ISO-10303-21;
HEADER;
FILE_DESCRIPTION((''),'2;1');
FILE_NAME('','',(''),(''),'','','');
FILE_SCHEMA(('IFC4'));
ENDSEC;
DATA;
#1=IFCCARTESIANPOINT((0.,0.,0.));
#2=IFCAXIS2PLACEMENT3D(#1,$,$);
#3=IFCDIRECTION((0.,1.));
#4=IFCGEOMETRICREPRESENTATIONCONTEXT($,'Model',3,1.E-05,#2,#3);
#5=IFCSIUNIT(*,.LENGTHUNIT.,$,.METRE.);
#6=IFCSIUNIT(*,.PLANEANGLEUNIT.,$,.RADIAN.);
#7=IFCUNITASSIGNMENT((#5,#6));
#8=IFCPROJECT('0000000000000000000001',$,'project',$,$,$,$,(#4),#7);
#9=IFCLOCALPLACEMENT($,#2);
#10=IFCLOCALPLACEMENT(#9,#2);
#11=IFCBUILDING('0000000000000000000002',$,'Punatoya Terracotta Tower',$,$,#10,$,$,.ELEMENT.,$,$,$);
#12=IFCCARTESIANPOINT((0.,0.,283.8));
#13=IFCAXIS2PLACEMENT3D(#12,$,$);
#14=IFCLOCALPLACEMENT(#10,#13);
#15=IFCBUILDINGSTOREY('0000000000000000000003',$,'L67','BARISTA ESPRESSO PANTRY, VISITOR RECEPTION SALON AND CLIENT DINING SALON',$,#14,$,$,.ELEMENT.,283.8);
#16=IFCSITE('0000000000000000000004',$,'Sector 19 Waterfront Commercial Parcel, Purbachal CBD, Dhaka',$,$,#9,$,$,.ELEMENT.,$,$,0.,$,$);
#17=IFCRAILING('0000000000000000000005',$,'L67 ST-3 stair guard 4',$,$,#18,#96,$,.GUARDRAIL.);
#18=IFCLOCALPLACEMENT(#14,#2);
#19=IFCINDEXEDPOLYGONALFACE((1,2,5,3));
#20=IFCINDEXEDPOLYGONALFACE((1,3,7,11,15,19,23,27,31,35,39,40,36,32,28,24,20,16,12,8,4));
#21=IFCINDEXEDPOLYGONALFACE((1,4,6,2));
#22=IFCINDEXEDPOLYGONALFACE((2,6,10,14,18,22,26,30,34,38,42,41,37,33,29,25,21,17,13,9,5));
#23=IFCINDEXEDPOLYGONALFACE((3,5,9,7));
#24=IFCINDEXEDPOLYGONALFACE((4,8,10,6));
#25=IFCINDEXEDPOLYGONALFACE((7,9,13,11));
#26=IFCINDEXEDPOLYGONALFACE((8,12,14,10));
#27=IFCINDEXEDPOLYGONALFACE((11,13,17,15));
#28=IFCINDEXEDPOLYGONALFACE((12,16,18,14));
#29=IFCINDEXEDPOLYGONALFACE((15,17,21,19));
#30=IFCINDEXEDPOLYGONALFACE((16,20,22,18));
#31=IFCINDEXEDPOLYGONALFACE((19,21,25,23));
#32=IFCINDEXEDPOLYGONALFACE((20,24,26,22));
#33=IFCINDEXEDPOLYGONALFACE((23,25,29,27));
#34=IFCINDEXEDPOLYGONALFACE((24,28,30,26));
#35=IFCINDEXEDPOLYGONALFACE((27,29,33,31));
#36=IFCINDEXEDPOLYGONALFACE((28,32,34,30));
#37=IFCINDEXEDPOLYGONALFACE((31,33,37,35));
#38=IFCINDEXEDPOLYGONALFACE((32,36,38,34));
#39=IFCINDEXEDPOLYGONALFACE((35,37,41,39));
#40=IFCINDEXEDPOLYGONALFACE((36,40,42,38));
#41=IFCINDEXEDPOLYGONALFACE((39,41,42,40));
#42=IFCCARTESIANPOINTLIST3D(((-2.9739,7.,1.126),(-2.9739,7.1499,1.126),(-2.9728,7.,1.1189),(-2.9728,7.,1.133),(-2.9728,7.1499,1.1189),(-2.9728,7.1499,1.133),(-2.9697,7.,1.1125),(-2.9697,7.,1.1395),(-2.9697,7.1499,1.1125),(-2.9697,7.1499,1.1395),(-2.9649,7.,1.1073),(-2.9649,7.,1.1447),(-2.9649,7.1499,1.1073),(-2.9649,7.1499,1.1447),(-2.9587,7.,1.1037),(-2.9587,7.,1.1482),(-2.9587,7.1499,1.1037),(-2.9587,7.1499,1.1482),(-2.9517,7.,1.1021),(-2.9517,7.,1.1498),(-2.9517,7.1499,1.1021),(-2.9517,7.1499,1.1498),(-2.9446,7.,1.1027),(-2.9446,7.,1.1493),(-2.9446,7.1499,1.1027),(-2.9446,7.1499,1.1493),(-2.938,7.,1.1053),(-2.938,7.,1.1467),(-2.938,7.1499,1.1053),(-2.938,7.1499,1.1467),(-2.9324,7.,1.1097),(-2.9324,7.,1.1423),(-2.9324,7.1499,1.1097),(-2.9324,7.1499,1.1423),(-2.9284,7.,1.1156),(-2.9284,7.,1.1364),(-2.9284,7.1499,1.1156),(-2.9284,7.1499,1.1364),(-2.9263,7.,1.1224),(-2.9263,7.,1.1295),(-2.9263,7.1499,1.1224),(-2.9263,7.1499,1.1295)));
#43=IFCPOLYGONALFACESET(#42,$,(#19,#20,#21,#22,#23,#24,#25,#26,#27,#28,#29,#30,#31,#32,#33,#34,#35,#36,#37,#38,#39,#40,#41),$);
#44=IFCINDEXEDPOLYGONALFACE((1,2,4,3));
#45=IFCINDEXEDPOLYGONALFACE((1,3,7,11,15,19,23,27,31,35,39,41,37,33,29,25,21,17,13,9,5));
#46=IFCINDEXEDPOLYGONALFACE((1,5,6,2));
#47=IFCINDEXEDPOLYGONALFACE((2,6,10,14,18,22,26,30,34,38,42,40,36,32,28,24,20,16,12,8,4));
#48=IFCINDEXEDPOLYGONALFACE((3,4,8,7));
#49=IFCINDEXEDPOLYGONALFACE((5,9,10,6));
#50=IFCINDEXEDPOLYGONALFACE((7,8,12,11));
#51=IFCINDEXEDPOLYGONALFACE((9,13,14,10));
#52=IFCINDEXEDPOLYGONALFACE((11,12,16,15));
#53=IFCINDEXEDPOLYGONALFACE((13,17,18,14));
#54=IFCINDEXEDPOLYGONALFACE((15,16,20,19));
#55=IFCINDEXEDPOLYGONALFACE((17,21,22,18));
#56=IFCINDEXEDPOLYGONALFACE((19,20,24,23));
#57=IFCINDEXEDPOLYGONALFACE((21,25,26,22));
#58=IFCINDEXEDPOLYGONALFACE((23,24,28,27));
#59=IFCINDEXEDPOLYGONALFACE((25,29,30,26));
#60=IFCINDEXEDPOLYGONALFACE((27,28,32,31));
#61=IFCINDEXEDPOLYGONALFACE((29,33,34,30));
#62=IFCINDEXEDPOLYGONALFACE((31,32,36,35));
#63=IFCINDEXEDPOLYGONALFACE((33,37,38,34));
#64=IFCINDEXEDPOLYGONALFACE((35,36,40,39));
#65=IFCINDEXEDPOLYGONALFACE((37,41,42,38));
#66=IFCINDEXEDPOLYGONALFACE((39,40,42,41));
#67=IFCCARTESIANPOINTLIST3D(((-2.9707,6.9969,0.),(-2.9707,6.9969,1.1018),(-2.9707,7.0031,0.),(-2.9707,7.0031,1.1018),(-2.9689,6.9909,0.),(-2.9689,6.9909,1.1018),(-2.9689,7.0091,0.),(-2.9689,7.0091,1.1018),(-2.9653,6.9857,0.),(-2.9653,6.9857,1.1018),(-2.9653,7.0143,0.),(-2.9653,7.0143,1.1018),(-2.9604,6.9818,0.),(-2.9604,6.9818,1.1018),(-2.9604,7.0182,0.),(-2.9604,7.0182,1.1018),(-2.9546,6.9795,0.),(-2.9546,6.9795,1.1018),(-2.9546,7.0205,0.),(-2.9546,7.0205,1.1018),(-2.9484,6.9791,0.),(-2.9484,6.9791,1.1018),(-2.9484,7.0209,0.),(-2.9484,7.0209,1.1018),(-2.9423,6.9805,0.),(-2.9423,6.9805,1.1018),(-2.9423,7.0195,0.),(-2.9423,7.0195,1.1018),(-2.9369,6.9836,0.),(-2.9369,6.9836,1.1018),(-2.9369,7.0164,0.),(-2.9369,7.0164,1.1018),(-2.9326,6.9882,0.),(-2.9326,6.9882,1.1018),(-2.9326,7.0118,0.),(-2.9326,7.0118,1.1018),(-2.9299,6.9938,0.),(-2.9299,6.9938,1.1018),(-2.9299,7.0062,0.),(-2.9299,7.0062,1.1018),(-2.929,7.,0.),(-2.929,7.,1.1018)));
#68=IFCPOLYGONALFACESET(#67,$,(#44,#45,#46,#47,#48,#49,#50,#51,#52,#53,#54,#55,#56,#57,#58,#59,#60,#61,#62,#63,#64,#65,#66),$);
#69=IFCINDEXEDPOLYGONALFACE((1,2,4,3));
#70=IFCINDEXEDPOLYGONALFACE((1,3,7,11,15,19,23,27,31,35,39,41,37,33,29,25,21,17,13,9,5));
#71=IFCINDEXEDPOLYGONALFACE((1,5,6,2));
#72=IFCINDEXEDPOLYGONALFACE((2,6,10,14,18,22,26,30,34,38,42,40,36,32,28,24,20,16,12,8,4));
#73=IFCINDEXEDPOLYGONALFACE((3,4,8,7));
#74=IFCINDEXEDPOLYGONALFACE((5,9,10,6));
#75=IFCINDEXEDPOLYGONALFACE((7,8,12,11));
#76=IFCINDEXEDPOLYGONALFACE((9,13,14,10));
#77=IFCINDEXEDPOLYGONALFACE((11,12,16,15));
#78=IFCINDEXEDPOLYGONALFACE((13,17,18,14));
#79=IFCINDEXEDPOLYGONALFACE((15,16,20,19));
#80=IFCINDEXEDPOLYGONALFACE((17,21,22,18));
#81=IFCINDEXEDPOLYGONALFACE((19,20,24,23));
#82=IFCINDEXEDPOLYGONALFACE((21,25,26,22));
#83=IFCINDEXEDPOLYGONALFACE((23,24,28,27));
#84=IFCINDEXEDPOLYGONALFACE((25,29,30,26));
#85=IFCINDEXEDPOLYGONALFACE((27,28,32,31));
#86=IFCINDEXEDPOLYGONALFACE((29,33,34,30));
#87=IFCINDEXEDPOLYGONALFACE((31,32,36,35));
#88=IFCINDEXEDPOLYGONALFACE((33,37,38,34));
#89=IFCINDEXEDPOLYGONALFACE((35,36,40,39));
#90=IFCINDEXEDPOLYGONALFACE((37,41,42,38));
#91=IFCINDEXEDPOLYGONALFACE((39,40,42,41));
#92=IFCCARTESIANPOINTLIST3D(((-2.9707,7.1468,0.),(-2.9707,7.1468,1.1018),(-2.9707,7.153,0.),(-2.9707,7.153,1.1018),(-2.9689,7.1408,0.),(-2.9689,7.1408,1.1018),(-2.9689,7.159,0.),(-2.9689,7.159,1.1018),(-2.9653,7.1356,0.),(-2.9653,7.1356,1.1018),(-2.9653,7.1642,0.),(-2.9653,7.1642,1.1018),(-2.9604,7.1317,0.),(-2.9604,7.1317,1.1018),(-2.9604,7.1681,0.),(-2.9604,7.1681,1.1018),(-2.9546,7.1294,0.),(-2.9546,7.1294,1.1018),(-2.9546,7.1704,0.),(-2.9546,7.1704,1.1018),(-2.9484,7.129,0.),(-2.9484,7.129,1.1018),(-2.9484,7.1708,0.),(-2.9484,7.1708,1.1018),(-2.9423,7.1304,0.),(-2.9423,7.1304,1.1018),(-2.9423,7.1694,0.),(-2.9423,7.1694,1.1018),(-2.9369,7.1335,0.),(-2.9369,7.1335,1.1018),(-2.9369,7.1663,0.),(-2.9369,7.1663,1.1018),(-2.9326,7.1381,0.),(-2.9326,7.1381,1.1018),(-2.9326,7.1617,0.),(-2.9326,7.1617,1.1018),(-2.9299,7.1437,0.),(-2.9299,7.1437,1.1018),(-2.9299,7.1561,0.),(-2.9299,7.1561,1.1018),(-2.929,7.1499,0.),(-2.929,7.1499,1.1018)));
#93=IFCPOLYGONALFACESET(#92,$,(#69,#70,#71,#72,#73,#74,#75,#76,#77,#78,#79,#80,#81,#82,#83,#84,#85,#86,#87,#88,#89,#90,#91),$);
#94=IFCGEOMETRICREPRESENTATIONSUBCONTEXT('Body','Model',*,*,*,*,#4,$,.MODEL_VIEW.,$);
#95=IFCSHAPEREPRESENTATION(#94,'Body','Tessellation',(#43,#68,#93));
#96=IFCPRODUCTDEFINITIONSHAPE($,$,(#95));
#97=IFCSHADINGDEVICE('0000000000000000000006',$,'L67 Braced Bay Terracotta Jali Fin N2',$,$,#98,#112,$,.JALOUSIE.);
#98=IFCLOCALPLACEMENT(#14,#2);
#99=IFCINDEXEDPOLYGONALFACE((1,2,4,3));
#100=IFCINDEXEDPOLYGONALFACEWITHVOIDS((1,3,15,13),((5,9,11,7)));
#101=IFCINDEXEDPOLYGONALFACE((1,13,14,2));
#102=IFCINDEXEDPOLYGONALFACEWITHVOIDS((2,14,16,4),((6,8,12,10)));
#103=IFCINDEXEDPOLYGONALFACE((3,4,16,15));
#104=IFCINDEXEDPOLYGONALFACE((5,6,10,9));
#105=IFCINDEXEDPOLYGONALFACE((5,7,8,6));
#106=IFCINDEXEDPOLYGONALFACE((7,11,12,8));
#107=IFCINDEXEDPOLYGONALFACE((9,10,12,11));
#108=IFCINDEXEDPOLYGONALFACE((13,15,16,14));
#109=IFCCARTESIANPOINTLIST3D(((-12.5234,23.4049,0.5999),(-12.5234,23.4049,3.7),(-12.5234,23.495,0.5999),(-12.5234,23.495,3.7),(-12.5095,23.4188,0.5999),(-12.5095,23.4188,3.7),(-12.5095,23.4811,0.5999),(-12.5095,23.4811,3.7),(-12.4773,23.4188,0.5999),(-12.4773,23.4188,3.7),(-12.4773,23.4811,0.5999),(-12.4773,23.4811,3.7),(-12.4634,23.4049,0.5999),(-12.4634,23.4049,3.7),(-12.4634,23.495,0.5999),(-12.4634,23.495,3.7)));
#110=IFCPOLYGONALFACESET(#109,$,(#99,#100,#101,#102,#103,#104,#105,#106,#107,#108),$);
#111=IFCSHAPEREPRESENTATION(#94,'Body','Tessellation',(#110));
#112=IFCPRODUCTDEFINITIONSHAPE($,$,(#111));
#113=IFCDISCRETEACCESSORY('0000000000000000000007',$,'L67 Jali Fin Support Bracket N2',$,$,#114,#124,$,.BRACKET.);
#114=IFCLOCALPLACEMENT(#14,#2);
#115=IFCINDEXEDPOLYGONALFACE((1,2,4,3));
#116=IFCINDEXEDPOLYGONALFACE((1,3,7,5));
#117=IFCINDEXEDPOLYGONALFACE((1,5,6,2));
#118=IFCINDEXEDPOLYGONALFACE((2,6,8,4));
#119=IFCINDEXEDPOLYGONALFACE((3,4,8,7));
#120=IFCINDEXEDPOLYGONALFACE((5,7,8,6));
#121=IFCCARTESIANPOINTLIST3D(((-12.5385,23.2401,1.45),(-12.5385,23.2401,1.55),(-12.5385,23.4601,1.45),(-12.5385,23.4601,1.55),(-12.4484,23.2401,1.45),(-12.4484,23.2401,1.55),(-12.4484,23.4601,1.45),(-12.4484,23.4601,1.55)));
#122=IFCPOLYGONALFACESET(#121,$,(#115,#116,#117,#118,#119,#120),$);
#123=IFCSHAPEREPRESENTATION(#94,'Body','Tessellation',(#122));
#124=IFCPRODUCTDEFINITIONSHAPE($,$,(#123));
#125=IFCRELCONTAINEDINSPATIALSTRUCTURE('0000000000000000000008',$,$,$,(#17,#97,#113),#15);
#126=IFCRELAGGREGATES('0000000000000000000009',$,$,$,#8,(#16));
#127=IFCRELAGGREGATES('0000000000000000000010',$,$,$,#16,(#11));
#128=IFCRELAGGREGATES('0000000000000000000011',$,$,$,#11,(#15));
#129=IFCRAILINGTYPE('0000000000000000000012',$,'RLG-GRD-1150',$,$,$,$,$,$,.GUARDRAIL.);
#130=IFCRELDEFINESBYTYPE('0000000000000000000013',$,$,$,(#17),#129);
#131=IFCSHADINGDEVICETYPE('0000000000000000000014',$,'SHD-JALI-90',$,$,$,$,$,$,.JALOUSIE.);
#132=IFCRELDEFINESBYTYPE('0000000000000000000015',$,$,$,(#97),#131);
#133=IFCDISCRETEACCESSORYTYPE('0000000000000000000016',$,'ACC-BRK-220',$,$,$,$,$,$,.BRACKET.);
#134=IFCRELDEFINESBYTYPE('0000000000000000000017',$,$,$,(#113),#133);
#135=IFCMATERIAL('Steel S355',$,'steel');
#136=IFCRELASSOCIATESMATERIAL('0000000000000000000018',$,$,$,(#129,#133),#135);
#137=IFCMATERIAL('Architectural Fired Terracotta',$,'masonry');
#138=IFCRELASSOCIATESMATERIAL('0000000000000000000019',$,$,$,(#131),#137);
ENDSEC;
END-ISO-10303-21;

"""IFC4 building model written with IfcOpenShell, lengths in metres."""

from ifc_helpers import new_model, si_unit, direction, frame, origin, origin_2d, place, context, subcontext, project, spatial, rectangle, hollow_rectangle, circle, extrude, material, material_profile, profile_set, type_object, element, save


model = new_model("IFC4")

# Units and contexts
model_context = context("Model", 3, precision=1e-05, world=origin(), true_north=direction((0.0, 1.0)))
body_context = subcontext(model_context, "Body", "Model", "MODEL_VIEW")
ifc_project = project(units=[si_unit("LENGTHUNIT", "METRE"), si_unit("PLANEANGLEUNIT", "RADIAN")], contexts=[model_context])

# Site, building, storey
site_placement = place(None, origin())
site = spatial("IfcSite", under=ifc_project, at=site_placement, Name="Sector 19 Waterfront Commercial Parcel, Purbachal CBD, Dhaka", CompositionType="ELEMENT", RefElevation=0.0)
building_placement = place(site_placement, origin())
building = spatial("IfcBuilding", under=site, at=building_placement, Name="Punatoya Terracotta Tower", CompositionType="ELEMENT")
storey_placement = place(building_placement, frame((0.0, 0.0, 283.8)))
storey = spatial("IfcBuildingStorey", under=building, at=storey_placement, Name="L67", Description="BARISTA ESPRESSO PANTRY, VISITOR RECEPTION SALON AND CLIENT DINING SALON", CompositionType="ELEMENT", Elevation=283.8)

# Railing
ifc_material_1 = material(Name="Steel S355", Category="steel")
railing_type = type_object("IfcRailingType", Name="RLG-GRD-1150", PredefinedType="GUARDRAIL", material=ifc_material_1)
railing_1_placement = place(storey_placement, frame((-2.95, 7.0, 0.0)))
element("IfcRailing", 1, at=railing_1_placement, inside=storey, type_object=railing_type, Name="L67 ST-3 stair guard 4", PredefinedType="GUARDRAIL", context=body_context, shape_type="SweptSolid", body=[
    extrude(circle(Radius=0.0239, at=origin_2d()), frame((0.0, 0.0, 1.126), z_axis=(0.0, 1.0, 0.0), x_axis=(-1.0, 0.0, 0.0)), (0.0, 0.0, 1.0), 0.1499),
    extrude(circle(Radius=0.021, at=origin_2d()), origin(), (0.0, 0.0, 1.0), 1.1018),
    extrude(circle(Radius=0.021, at=origin_2d()), frame((0.0, 0.1499, 0.0)), (0.0, 0.0, 1.0), 1.1018),
])

# Shading device
ifc_material_2 = material(Name="Architectural Fired Terracotta", Category="masonry")
ifc_material_profile_1 = material_profile(ifc_material_2, hollow_rectangle(XDim=0.0601, YDim=0.0901, WallThickness=0.0139, at=origin_2d()))
ifc_profile_set_1 = profile_set([ifc_material_profile_1], Name="Architectural Fired Terracotta")
shading_device_type = type_object("IfcShadingDeviceType", Name="SHD-JALI-90", PredefinedType="JALOUSIE", material=ifc_profile_set_1)
shading_device_placement = place(storey_placement, frame((-12.4934, 23.45, 0.5999), z_axis=(0.0, 0.0, 1.0), x_axis=(1.0, 0.0, 0.0)))
element("IfcShadingDevice", 2, at=shading_device_placement, inside=storey, type_object=shading_device_type, Name="L67 Braced Bay Terracotta Jali Fin N2", PredefinedType="JALOUSIE", context=body_context, shape_type="SweptSolid", body=[
    extrude(hollow_rectangle(XDim=0.0601, YDim=0.0901, WallThickness=0.0139, at=origin_2d()), origin(), (0.0, 0.0, 1.0), 3.1001),
])

# Discrete accessory
discrete_accessory_type = type_object("IfcDiscreteAccessoryType", Name="ACC-BRK-220", PredefinedType="BRACKET", material=ifc_material_1)
discrete_accessory_placement = place(storey_placement, frame((-12.4934, 23.3501, 1.45), z_axis=(0.0, 0.0, 1.0), x_axis=(-1.0, 0.0, 0.0)))
element("IfcDiscreteAccessory", 3, at=discrete_accessory_placement, inside=storey, type_object=discrete_accessory_type, Name="L67 Jali Fin Support Bracket N2", PredefinedType="BRACKET", context=body_context, shape_type="SweptSolid", body=[
    extrude(rectangle(XDim=0.0901, YDim=0.22, at=origin_2d()), origin(), (0.0, 0.0, 1.0), 0.1001),
])

save(model, "model.ifc")
